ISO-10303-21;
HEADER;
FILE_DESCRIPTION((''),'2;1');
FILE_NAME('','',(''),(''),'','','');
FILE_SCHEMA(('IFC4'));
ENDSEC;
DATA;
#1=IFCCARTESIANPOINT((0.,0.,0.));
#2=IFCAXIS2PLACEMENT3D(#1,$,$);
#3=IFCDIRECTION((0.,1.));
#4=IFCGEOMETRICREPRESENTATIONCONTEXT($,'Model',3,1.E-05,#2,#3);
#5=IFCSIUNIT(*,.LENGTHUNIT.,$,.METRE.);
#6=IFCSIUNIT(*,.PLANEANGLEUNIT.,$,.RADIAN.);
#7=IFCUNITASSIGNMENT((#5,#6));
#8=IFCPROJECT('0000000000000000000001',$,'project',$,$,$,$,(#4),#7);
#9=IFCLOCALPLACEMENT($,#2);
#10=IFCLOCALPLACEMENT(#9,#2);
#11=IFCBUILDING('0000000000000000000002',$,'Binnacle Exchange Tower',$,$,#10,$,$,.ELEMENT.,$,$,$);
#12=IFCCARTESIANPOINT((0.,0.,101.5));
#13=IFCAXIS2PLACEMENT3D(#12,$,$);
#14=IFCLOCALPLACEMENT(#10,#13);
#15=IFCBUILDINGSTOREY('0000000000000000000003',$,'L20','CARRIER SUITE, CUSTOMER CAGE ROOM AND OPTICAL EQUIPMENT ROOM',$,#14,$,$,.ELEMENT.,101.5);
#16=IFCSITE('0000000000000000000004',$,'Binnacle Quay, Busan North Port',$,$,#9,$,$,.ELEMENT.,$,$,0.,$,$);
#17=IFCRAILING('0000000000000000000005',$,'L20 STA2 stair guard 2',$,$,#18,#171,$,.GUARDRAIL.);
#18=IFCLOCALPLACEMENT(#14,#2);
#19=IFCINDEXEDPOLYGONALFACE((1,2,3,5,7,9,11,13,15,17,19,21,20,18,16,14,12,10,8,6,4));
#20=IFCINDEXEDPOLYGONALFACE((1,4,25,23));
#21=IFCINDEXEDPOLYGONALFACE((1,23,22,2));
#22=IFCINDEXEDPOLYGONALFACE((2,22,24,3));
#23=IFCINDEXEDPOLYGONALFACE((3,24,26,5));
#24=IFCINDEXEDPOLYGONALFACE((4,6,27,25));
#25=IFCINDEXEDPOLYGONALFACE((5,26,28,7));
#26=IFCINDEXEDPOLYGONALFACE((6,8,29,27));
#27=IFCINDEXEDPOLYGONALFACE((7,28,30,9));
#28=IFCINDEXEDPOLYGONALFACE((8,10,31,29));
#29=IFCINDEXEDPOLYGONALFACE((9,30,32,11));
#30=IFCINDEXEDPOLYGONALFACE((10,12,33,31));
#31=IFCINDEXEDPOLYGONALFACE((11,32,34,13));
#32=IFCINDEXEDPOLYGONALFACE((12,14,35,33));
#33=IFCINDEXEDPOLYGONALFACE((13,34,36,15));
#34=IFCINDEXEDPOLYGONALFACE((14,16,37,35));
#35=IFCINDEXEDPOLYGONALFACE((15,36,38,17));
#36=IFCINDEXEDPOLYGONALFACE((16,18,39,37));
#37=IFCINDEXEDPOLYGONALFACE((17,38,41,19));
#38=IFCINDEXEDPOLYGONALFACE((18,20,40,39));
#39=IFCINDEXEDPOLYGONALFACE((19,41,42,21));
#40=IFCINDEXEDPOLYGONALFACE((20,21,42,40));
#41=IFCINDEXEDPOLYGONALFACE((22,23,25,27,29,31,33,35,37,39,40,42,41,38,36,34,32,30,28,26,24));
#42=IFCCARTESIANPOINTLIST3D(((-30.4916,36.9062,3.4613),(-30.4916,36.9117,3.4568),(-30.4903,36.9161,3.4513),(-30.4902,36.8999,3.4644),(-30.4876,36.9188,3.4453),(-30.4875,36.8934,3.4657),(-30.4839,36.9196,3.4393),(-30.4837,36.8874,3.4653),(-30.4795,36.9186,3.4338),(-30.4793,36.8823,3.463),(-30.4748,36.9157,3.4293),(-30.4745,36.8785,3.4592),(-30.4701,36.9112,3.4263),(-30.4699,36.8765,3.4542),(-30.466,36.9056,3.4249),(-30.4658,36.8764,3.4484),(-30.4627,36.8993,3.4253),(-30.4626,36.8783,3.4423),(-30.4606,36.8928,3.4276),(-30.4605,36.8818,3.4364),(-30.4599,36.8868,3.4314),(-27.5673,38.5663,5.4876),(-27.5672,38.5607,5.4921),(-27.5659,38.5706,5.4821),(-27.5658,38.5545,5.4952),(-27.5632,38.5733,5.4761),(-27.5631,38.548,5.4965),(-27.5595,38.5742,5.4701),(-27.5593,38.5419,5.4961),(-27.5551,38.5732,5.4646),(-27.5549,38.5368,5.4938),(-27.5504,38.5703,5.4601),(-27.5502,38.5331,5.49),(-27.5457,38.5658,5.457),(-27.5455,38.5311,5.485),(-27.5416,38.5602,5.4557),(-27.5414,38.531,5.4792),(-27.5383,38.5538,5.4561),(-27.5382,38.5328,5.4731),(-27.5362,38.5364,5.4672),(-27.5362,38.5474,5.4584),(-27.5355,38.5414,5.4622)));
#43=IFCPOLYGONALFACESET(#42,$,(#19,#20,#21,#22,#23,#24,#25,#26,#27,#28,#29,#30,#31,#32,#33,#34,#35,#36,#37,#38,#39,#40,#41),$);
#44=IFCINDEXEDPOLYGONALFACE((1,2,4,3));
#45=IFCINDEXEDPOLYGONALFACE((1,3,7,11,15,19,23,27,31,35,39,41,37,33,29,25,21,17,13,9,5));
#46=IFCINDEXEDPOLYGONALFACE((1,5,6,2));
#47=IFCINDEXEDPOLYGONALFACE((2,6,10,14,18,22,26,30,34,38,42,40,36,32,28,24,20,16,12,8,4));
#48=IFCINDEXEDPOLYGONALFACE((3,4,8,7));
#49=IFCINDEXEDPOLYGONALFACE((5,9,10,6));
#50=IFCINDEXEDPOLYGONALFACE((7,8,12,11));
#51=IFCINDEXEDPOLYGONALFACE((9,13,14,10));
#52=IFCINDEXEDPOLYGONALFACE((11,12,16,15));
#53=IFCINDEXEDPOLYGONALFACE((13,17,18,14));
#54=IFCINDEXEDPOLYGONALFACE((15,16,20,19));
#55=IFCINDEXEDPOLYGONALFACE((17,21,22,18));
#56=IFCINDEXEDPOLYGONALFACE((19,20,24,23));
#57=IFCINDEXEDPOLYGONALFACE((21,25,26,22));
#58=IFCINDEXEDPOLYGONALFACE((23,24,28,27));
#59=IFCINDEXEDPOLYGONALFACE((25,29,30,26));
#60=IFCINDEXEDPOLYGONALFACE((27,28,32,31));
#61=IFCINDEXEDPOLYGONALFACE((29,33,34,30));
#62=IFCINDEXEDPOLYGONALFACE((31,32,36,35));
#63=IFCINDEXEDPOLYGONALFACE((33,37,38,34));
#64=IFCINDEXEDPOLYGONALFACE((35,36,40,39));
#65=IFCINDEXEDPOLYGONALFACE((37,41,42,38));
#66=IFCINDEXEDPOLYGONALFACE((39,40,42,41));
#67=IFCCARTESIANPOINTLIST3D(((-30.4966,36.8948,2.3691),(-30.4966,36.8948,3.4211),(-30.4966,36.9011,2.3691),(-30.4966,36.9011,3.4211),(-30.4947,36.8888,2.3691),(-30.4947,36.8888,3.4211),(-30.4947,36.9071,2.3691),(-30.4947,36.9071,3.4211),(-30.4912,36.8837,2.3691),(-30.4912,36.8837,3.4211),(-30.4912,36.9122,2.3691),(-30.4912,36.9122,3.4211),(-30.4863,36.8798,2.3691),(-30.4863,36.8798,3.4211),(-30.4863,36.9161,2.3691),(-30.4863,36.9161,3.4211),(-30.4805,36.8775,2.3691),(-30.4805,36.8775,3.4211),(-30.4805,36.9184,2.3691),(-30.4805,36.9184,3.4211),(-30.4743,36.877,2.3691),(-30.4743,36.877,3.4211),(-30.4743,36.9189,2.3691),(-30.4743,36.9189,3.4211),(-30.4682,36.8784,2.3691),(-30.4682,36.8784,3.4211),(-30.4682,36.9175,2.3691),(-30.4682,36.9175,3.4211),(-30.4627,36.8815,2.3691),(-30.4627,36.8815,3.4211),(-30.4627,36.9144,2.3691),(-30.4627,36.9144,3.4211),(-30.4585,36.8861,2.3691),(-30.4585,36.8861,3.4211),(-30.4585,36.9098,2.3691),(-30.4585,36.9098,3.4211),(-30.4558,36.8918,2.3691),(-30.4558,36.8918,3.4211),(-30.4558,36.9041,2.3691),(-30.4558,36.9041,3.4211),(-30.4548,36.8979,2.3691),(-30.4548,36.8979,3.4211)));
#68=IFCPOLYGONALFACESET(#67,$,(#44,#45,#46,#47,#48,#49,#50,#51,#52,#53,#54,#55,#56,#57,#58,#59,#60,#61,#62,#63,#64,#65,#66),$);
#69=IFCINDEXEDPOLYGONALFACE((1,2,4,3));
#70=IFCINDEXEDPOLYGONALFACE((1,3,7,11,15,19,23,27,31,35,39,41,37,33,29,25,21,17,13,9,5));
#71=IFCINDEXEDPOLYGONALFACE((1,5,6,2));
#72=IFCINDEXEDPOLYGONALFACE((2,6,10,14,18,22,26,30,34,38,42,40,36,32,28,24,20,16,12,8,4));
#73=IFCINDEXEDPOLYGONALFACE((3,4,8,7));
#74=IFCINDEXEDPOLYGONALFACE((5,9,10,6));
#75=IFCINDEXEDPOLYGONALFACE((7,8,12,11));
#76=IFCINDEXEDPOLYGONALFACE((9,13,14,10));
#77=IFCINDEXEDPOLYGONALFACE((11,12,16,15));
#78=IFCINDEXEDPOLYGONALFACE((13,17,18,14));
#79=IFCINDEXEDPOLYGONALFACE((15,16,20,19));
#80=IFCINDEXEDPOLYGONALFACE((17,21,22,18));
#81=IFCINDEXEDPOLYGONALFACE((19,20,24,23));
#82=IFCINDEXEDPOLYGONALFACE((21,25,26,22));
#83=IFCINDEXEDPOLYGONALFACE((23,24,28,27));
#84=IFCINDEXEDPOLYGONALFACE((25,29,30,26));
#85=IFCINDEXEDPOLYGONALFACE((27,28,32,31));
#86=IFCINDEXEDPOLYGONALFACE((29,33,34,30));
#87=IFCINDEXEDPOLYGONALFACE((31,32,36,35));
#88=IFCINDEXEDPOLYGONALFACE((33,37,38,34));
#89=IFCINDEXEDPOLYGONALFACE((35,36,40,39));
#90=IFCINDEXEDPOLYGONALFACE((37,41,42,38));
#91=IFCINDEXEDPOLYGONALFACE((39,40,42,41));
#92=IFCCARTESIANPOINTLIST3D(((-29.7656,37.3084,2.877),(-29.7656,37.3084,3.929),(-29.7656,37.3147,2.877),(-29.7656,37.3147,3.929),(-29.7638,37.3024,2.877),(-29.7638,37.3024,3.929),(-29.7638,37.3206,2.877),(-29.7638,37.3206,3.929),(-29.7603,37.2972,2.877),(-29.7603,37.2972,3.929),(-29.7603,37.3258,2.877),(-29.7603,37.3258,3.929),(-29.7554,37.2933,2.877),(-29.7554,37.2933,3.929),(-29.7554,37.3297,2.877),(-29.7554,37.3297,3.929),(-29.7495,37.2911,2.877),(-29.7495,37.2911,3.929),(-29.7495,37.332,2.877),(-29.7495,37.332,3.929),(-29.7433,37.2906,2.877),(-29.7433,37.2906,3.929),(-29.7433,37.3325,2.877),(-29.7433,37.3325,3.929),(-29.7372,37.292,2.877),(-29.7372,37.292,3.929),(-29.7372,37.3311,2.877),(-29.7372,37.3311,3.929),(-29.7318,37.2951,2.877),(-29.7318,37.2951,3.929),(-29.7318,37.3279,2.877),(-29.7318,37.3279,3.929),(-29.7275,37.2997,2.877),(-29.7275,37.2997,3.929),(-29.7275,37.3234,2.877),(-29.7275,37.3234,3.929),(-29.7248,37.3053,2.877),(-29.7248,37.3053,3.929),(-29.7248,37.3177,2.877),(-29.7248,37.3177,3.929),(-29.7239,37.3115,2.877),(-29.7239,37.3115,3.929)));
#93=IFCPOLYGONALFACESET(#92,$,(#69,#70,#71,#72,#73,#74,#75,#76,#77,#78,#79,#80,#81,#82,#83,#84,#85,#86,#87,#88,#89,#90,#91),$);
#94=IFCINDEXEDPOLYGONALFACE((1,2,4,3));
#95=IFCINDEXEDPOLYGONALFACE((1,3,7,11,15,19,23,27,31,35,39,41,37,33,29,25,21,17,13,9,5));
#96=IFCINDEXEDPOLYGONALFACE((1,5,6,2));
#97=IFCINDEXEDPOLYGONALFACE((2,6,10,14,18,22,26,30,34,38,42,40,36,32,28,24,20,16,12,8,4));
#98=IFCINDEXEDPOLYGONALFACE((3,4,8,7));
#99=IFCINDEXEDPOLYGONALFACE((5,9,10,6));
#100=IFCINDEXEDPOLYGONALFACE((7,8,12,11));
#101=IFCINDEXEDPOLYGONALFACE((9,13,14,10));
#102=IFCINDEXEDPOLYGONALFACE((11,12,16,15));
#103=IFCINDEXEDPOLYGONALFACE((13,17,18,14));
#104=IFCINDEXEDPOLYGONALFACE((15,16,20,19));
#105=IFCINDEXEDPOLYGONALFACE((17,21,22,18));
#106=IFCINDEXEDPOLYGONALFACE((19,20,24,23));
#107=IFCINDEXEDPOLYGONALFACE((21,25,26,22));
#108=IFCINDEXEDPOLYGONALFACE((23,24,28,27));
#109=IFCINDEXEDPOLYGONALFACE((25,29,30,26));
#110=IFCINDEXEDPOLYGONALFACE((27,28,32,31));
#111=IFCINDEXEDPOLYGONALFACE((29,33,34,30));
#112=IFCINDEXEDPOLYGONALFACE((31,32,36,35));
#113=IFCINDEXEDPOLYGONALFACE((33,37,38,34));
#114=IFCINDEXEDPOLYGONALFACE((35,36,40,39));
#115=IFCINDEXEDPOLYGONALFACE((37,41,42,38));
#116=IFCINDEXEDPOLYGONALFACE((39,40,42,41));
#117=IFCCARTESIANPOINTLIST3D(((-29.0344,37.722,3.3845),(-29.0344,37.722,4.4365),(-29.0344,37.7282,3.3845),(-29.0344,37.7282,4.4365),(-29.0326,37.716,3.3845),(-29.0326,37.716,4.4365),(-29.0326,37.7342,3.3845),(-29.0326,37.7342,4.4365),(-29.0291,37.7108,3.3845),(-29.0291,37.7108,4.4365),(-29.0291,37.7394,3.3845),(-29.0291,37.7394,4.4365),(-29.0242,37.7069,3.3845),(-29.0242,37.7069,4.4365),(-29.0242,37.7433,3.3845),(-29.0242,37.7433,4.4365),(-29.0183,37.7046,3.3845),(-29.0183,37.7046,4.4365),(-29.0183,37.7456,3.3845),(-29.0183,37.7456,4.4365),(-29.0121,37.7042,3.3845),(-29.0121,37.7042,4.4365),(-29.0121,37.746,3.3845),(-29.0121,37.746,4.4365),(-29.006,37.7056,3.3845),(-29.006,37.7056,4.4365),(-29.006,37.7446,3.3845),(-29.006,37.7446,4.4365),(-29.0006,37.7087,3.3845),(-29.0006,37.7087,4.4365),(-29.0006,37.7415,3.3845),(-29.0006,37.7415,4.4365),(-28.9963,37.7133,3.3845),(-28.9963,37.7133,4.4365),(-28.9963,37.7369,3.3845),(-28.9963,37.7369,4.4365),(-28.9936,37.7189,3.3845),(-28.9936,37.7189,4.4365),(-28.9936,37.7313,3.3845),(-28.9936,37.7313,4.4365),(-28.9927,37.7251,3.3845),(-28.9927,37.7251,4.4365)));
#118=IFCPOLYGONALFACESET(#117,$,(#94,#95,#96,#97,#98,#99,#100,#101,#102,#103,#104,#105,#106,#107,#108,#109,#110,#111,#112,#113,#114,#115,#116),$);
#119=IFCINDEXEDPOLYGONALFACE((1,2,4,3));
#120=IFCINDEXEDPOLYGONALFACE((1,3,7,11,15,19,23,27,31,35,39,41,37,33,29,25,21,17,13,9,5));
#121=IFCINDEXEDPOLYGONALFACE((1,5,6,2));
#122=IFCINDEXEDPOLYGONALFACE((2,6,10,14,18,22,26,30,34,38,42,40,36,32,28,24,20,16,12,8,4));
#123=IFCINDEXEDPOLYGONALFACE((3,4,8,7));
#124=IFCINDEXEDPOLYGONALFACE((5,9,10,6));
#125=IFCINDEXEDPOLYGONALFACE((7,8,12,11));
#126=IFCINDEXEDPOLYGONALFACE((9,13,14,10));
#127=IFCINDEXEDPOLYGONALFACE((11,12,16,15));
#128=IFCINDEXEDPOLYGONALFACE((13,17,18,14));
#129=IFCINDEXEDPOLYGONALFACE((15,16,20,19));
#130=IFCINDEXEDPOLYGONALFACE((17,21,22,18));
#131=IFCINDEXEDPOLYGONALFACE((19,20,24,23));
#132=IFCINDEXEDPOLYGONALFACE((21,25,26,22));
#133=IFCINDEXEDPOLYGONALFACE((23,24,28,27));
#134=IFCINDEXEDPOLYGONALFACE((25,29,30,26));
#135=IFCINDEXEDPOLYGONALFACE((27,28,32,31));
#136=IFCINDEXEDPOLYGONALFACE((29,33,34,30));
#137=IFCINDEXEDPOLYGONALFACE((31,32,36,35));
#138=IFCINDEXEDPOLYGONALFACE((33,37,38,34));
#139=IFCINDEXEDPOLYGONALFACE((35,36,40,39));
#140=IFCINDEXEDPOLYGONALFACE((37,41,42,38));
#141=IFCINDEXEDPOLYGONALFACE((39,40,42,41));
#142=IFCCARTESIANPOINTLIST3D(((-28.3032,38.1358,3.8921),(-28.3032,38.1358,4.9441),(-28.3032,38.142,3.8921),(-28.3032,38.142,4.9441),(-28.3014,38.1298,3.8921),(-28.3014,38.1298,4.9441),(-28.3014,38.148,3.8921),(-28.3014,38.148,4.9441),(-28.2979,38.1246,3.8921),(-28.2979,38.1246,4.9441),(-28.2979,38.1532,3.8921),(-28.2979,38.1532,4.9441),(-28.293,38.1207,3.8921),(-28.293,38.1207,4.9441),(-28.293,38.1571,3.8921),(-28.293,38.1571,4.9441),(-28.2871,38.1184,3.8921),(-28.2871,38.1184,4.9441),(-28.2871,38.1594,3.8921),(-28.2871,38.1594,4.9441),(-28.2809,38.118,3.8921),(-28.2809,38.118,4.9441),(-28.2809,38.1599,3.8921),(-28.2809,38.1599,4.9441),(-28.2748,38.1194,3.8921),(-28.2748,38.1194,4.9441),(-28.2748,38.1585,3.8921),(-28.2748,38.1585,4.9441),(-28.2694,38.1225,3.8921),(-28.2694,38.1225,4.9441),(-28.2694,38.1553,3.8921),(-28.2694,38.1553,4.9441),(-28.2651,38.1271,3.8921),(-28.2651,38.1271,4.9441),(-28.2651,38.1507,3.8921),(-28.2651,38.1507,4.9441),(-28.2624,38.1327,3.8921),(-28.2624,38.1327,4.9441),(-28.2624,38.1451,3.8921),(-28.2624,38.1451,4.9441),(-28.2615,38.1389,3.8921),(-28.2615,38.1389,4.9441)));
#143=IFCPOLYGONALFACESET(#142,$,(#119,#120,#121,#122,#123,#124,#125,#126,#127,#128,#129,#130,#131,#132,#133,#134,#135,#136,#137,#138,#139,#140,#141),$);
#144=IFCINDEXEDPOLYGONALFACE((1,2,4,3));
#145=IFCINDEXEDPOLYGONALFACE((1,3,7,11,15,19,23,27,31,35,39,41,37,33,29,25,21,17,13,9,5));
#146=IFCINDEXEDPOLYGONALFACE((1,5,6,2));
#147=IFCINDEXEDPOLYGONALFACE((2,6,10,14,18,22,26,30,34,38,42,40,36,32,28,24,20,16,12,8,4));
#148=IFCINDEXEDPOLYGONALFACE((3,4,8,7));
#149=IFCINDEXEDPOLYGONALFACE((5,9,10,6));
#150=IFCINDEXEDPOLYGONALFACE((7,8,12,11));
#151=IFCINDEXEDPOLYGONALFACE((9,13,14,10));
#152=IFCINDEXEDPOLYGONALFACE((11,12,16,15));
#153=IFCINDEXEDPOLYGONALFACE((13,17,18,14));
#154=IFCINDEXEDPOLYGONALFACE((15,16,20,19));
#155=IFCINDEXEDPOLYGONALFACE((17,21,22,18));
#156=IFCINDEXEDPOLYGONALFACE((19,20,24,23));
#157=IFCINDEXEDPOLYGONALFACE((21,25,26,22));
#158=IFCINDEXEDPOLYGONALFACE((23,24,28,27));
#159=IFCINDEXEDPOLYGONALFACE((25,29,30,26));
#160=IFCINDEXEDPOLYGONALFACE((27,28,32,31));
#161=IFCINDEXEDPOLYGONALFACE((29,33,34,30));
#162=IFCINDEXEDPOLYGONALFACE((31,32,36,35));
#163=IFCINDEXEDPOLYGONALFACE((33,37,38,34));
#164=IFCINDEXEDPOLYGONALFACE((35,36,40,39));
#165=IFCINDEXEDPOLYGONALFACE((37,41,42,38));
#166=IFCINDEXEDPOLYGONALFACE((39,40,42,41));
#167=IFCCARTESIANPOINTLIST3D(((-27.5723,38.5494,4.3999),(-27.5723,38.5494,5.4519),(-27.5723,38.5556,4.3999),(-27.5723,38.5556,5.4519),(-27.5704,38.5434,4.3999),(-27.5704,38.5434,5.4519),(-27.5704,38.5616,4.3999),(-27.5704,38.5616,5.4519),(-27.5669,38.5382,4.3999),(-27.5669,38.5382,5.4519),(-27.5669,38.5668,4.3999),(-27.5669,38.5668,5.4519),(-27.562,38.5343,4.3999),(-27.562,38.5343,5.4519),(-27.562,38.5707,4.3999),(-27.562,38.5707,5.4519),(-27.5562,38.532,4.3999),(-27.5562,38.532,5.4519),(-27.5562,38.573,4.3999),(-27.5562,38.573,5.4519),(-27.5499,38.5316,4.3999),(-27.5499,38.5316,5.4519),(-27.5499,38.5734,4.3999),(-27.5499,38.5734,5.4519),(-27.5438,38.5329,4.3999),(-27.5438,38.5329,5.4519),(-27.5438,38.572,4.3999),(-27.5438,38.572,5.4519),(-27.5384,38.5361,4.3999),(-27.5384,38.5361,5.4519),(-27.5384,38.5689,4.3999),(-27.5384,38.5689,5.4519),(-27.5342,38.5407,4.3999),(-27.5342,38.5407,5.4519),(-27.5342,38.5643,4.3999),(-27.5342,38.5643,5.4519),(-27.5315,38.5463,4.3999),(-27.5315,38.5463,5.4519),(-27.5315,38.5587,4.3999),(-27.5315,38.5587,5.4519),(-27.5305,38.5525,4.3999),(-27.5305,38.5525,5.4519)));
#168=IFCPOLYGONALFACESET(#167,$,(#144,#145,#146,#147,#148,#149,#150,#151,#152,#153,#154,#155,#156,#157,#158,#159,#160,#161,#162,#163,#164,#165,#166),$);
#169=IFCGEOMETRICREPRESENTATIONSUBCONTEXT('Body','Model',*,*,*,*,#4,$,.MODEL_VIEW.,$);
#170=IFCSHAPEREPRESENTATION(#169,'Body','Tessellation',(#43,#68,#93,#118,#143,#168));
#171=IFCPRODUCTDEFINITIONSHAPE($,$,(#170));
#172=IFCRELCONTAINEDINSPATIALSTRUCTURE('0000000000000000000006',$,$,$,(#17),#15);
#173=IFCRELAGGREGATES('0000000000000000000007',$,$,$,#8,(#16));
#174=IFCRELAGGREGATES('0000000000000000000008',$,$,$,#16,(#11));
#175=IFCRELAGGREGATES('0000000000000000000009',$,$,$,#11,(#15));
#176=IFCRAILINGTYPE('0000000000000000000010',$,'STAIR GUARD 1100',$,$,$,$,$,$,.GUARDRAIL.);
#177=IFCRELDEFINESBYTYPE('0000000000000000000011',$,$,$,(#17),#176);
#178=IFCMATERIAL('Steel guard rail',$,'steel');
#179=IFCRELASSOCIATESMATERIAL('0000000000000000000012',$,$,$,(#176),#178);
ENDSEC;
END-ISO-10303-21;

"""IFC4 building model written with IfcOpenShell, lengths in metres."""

from ifc_helpers import new_model, si_unit, direction, frame, origin, origin_2d, place, context, subcontext, project, spatial, circle, extrude, material, type_object, element, save


model = new_model("IFC4")

# Units and contexts
model_context = context("Model", 3, precision=1e-05, world=origin(), true_north=direction((0.0, 1.0)))
body_context = subcontext(model_context, "Body", "Model", "MODEL_VIEW")
ifc_project = project(units=[si_unit("LENGTHUNIT", "METRE"), si_unit("PLANEANGLEUNIT", "RADIAN")], contexts=[model_context])

# Site, building, storey
site_placement = place(None, origin())
site = spatial("IfcSite", under=ifc_project, at=site_placement, Name="Binnacle Quay, Busan North Port", CompositionType="ELEMENT", RefElevation=0.0)
building_placement = place(site_placement, origin())
building = spatial("IfcBuilding", under=site, at=building_placement, Name="Binnacle Exchange Tower", CompositionType="ELEMENT")
storey_placement = place(building_placement, frame((0.0, 0.0, 101.5)))
storey = spatial("IfcBuildingStorey", under=building, at=storey_placement, Name="L20", Description="CARRIER SUITE, CUSTOMER CAGE ROOM AND OPTICAL EQUIPMENT ROOM", CompositionType="ELEMENT", Elevation=101.5)

# Railing
ifc_material_1 = material(Name="Steel guard rail", Category="steel")
railing_type = type_object("IfcRailingType", Name="STAIR GUARD 1100", PredefinedType="GUARDRAIL", material=ifc_material_1)
railing_placement = place(storey_placement, frame((-30.4758, 36.8979, 2.3691)))
element("IfcRailing", 1, at=railing_placement, inside=storey, type_object=railing_type, Name="L20 STA2 stair guard 2", PredefinedType="GUARDRAIL", context=body_context, shape_type="SweptSolid", body=[
    extrude(circle(Radius=0.0239, at=origin_2d()), frame((0.0, 0.0, 1.0762), z_axis=(0.744867, 0.421437, 0.517266), x_axis=(-0.492433, 0.87035, 0.0)), (0.0, 0.0, 1.0), 3.926),
    extrude(circle(Radius=0.021, at=origin_2d()), origin(), (0.0, 0.0, 1.0), 1.052),
    extrude(circle(Radius=0.021, at=origin_2d()), frame((0.731, 0.4136, 0.5078)), (0.0, 0.0, 1.0), 1.052),
    extrude(circle(Radius=0.021, at=origin_2d()), frame((1.4622, 0.8271, 1.0154)), (0.0, 0.0, 1.0), 1.052),
    extrude(circle(Radius=0.021, at=origin_2d()), frame((2.1934, 1.241, 1.5229)), (0.0, 0.0, 1.0), 1.052),
    extrude(circle(Radius=0.021, at=origin_2d()), frame((2.9243, 1.6545, 2.0308)), (0.0, 0.0, 1.0), 1.052),
])

save(model, "model.ifc")
